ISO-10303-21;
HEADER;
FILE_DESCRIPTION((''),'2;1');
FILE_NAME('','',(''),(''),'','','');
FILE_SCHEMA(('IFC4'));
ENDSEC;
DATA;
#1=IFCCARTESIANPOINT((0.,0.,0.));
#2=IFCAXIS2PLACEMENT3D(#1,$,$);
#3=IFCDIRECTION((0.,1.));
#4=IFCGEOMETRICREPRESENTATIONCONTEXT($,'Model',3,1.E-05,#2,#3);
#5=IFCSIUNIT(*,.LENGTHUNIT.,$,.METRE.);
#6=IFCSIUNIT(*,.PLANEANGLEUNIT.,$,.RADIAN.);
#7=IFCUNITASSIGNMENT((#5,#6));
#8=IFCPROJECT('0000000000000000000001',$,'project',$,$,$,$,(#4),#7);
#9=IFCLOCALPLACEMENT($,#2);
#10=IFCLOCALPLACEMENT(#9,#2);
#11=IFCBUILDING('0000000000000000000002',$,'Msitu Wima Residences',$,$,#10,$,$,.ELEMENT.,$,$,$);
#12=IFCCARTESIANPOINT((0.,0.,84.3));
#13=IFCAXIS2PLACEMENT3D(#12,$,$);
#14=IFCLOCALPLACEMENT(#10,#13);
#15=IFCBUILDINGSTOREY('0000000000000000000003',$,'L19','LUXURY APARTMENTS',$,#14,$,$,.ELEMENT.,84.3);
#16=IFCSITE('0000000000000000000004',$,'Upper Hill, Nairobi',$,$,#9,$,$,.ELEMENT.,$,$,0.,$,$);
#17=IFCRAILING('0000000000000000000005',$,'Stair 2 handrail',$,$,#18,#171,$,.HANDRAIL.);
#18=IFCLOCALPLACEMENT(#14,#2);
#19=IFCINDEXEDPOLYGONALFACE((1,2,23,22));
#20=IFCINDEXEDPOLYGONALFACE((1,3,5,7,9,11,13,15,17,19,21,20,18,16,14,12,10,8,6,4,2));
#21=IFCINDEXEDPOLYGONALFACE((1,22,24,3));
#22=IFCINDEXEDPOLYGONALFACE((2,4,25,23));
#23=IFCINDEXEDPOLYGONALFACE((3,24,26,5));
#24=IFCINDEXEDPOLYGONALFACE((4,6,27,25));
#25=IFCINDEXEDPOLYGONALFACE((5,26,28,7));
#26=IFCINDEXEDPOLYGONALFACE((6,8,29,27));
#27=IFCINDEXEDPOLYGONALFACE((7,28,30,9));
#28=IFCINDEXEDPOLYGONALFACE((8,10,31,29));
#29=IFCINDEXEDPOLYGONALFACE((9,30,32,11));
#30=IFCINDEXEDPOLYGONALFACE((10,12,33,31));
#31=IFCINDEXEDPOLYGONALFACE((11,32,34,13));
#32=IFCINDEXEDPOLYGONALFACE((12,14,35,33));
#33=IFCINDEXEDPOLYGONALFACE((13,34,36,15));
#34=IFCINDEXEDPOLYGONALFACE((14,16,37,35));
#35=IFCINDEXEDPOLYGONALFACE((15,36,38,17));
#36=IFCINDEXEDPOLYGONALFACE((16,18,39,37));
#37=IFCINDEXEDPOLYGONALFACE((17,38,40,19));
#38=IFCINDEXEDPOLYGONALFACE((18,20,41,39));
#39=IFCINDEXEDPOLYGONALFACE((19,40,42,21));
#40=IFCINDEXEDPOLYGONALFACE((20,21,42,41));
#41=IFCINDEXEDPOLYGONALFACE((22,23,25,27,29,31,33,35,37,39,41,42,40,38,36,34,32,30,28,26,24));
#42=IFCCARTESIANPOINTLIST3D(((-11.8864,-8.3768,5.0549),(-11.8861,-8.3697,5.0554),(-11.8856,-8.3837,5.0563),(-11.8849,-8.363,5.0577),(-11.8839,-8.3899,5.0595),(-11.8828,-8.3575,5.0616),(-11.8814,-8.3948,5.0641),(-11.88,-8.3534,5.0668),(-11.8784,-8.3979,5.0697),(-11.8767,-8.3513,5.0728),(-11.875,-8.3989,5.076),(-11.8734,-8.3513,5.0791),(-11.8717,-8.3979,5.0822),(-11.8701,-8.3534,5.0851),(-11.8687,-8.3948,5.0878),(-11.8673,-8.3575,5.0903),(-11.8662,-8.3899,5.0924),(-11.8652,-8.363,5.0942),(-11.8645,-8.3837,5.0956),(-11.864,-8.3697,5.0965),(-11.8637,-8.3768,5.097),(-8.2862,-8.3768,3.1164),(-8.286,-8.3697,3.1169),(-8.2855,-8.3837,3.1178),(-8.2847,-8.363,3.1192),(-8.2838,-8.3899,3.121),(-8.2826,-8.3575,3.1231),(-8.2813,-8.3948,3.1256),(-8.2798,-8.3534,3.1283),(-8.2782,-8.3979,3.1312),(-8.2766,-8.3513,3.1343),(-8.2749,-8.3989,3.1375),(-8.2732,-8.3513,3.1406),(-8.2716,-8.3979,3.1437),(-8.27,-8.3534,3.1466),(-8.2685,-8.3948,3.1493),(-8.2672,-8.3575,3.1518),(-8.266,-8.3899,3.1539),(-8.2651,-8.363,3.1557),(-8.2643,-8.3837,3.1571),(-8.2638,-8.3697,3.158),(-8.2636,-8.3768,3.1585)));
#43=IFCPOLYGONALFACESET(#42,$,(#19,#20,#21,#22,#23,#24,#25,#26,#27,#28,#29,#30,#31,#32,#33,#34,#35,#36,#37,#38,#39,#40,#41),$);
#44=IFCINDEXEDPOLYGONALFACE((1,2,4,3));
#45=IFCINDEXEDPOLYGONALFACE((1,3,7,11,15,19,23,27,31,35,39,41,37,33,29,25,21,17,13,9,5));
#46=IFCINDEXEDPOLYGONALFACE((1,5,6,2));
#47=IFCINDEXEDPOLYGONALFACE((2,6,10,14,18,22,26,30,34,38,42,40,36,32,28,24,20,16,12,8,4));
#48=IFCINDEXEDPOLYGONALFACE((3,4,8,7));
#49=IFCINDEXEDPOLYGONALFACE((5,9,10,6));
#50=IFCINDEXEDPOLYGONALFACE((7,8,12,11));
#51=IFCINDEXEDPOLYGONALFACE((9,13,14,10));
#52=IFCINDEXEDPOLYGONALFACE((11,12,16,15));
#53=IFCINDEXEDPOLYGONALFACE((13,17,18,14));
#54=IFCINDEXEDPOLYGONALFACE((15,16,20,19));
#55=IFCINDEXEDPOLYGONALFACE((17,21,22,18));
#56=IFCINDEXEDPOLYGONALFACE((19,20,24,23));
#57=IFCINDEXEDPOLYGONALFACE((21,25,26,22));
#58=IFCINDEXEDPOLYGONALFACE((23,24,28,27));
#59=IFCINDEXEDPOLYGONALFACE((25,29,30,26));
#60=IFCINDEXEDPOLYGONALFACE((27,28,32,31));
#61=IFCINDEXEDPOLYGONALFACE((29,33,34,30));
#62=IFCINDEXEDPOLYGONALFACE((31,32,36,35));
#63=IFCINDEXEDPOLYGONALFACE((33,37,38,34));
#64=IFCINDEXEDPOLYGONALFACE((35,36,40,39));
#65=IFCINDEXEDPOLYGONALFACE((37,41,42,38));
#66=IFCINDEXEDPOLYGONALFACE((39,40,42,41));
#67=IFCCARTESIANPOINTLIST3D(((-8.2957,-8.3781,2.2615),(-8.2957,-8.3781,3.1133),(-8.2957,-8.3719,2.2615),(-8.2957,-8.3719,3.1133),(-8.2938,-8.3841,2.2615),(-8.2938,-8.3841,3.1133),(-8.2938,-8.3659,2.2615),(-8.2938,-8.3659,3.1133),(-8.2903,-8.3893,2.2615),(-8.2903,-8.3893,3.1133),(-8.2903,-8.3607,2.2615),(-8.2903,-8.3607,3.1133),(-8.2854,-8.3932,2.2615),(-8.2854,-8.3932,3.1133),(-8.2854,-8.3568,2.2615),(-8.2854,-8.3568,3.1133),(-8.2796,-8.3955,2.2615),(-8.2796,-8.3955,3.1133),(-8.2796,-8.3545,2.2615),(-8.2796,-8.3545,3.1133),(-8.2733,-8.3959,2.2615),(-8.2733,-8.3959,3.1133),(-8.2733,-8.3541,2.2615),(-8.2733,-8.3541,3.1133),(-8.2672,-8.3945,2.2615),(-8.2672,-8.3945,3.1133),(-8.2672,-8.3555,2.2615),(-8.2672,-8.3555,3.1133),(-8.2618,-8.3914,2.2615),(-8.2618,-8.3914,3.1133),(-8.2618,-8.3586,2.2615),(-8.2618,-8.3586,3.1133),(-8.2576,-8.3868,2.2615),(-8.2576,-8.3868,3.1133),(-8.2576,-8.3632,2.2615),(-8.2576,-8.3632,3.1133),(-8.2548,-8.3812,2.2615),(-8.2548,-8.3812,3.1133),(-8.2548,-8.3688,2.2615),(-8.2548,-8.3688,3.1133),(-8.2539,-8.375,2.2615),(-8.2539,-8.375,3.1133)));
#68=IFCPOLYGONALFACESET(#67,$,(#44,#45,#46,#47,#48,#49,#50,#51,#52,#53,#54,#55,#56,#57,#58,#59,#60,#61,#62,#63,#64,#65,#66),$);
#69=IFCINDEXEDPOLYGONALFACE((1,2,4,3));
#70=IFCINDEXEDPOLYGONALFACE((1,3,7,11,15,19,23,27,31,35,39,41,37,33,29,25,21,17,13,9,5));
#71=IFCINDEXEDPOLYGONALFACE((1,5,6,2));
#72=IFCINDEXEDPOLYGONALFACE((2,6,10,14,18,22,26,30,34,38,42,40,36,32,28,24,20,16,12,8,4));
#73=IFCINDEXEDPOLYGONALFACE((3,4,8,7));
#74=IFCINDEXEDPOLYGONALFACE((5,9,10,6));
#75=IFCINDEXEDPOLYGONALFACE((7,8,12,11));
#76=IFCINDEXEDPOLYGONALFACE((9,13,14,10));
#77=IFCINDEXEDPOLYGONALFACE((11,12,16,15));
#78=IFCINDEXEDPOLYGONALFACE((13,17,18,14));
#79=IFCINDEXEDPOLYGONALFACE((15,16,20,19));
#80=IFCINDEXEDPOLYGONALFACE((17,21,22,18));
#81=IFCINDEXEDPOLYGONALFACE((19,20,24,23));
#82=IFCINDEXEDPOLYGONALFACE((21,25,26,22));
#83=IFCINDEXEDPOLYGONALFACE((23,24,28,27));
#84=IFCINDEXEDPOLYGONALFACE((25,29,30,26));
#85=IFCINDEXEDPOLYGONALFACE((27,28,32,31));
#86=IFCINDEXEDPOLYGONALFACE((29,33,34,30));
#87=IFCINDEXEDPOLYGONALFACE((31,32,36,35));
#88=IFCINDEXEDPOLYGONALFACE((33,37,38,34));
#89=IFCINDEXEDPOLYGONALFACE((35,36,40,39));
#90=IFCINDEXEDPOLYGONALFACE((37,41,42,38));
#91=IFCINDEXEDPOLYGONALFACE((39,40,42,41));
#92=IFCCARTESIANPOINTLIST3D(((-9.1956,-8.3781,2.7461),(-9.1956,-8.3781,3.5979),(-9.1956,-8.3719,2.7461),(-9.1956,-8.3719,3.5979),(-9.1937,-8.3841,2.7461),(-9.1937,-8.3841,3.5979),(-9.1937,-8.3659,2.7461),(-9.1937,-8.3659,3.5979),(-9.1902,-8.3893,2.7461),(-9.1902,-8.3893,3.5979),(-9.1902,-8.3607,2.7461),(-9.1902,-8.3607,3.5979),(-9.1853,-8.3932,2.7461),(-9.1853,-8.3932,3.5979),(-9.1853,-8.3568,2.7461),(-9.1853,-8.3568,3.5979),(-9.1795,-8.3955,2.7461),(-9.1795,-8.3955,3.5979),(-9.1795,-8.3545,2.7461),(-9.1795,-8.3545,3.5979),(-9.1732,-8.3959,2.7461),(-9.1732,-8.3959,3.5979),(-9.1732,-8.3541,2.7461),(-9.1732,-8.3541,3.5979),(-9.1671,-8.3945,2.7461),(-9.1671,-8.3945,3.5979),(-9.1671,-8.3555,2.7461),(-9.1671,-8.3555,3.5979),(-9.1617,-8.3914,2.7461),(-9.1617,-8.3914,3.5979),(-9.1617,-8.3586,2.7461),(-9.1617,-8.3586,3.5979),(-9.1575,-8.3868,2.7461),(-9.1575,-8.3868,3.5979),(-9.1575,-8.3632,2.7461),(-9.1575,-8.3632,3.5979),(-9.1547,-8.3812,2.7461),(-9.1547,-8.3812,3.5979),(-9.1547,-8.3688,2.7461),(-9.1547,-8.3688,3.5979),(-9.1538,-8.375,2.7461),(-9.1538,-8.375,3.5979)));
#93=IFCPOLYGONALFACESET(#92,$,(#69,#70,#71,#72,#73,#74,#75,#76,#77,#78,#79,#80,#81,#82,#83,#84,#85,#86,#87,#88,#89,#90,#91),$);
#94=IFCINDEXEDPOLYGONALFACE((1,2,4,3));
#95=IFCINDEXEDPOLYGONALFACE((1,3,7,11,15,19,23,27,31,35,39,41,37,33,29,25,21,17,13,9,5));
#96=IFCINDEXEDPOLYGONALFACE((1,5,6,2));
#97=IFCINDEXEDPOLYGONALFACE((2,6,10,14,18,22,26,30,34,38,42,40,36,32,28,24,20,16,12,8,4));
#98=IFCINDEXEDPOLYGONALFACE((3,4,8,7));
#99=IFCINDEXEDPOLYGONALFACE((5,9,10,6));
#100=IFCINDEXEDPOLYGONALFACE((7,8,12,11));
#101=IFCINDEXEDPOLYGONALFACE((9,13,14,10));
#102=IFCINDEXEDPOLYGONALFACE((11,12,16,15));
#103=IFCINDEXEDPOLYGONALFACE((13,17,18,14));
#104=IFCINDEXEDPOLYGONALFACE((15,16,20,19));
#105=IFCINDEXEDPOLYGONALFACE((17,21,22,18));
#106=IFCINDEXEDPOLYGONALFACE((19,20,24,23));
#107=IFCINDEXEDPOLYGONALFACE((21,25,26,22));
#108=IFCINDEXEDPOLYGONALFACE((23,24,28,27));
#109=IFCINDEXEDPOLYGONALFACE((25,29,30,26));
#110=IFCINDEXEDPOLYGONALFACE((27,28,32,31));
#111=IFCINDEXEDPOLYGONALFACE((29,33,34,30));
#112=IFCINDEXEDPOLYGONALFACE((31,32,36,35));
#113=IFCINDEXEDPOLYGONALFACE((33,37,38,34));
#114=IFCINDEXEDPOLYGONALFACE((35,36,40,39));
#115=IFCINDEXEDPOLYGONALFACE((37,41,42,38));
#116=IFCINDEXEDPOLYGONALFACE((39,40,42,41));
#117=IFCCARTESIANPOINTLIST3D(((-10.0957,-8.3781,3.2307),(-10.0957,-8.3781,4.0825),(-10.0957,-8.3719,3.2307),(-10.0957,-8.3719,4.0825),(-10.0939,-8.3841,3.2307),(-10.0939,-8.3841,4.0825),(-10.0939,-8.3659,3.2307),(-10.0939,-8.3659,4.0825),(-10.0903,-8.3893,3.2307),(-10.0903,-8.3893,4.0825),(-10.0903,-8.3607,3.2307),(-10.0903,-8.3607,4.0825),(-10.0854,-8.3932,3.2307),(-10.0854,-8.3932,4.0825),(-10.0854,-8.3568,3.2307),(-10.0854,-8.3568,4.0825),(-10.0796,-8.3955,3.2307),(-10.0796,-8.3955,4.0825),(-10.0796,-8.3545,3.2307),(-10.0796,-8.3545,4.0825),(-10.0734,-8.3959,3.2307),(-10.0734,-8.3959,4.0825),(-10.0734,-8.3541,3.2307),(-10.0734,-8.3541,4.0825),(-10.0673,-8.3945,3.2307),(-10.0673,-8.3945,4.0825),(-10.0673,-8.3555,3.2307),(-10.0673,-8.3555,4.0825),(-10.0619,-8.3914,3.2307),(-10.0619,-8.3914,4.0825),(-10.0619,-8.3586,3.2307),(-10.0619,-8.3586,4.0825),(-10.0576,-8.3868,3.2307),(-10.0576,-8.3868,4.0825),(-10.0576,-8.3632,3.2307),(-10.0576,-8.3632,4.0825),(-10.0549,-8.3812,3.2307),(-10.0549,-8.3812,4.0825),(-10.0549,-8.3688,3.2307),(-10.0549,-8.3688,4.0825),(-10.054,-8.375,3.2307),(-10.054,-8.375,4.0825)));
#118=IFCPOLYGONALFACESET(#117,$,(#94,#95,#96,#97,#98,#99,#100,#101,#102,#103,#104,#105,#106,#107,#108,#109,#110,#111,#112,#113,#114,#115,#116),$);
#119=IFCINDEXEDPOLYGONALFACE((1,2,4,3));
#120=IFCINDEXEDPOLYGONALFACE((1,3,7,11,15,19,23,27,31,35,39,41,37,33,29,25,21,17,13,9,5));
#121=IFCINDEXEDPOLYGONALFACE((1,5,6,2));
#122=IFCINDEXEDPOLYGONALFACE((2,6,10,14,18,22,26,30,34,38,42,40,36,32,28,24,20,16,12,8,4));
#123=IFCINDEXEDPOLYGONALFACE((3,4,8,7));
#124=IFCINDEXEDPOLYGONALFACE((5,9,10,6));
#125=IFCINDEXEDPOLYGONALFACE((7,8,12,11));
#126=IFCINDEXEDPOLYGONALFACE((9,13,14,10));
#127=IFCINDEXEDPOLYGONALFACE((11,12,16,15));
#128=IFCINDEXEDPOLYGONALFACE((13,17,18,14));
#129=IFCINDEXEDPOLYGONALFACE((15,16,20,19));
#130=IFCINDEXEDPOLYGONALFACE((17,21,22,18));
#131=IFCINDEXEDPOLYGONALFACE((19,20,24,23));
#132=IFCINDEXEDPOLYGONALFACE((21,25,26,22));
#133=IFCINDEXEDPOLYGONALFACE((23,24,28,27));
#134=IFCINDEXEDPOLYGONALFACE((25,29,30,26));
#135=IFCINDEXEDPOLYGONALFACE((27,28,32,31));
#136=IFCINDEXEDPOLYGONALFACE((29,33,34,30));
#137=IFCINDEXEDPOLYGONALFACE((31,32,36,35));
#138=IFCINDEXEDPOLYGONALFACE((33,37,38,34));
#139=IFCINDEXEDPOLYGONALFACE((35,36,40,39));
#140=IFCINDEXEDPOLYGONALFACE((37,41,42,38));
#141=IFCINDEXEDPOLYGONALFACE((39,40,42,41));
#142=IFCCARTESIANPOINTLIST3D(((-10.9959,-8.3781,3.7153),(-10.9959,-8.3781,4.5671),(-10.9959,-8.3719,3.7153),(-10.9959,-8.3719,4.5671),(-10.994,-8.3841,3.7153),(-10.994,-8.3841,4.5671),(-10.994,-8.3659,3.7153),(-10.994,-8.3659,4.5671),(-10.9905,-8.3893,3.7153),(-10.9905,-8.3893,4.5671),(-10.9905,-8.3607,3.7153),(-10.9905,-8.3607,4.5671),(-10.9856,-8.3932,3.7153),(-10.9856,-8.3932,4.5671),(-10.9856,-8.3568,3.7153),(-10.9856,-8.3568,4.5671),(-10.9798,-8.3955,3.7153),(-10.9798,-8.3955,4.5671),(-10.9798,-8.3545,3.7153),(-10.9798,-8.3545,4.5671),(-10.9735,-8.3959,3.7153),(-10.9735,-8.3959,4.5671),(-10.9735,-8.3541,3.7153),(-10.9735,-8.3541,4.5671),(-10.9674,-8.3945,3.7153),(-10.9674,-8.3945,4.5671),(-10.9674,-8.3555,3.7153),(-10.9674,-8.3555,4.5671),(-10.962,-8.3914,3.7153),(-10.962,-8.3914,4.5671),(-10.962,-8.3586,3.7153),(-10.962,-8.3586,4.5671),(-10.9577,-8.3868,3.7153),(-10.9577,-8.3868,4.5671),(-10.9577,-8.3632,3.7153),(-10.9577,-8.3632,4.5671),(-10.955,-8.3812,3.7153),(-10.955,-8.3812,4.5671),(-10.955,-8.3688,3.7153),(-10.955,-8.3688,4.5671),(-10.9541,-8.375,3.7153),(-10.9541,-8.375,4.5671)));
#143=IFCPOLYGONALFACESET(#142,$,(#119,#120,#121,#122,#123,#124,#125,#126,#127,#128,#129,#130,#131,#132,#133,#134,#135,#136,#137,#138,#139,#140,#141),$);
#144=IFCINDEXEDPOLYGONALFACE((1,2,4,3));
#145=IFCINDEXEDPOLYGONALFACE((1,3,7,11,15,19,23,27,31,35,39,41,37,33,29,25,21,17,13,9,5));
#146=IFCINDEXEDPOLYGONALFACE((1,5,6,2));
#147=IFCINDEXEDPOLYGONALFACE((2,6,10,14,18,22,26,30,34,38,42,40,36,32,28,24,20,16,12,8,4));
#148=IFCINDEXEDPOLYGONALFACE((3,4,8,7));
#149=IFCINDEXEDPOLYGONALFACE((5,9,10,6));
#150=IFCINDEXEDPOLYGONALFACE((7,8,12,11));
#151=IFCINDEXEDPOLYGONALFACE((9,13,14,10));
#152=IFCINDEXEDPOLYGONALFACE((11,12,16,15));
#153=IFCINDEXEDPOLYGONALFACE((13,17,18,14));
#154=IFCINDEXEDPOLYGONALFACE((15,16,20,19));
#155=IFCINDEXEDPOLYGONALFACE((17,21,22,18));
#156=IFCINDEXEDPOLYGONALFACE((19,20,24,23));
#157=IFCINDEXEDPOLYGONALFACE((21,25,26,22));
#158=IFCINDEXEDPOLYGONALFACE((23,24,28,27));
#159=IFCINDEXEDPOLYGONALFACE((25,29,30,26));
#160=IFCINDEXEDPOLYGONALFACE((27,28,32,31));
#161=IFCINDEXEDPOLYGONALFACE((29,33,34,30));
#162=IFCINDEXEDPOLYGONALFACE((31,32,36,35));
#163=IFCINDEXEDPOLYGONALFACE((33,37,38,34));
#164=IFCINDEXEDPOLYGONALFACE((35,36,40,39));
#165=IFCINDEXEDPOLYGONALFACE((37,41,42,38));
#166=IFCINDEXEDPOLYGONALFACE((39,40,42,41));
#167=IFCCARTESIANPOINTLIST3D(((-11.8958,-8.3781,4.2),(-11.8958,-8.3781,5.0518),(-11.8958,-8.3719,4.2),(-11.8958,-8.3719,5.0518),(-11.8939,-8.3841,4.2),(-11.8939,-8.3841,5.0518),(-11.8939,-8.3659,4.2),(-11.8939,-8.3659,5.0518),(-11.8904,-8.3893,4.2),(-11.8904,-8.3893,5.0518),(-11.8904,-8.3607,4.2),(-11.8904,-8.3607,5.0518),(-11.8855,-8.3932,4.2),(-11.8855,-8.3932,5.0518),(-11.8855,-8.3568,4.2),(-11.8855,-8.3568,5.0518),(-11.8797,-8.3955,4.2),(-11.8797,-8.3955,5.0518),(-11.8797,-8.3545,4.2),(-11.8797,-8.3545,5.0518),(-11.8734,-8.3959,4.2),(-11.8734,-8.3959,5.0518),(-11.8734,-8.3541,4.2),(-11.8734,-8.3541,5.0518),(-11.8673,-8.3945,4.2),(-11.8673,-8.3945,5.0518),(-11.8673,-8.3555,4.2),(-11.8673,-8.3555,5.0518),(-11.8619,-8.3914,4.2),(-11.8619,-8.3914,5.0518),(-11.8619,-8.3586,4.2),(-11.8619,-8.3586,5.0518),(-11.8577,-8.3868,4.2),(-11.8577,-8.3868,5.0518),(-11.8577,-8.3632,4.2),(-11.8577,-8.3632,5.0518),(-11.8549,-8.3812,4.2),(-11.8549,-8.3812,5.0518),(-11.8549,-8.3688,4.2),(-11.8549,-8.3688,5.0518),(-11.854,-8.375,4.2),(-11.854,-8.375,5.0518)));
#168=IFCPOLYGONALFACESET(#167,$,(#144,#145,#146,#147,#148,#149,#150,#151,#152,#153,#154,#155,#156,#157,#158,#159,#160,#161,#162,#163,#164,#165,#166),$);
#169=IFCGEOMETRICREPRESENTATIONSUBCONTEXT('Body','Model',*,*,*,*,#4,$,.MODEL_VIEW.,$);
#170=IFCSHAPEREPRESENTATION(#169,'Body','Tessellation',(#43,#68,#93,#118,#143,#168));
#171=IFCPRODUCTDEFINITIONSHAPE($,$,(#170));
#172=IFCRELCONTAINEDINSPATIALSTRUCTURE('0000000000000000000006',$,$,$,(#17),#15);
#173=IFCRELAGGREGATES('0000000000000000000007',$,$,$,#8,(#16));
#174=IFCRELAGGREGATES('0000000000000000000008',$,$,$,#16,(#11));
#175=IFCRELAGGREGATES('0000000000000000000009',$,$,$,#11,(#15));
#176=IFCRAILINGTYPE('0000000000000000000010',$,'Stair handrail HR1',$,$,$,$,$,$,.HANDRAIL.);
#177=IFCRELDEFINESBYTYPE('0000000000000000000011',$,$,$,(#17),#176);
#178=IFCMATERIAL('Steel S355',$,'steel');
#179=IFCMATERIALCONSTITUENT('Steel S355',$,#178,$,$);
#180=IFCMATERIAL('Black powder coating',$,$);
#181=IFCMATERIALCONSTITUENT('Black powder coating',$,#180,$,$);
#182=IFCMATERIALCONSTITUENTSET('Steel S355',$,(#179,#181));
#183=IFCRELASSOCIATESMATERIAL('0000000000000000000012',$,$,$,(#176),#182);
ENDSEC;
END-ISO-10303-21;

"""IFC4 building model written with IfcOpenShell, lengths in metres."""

from ifc_helpers import new_model, si_unit, direction, frame, origin, origin_2d, place, context, subcontext, project, spatial, circle, extrude, material, constituent, constituent_set, type_object, element, save


model = new_model("IFC4")

# Units and contexts
model_context = context("Model", 3, precision=1e-05, world=origin(), true_north=direction((0.0, 1.0)))
body_context = subcontext(model_context, "Body", "Model", "MODEL_VIEW")
ifc_project = project(units=[si_unit("LENGTHUNIT", "METRE"), si_unit("PLANEANGLEUNIT", "RADIAN")], contexts=[model_context])

# Site, building, storey
site_placement = place(None, origin())
site = spatial("IfcSite", under=ifc_project, at=site_placement, Name="Upper Hill, Nairobi", CompositionType="ELEMENT", RefElevation=0.0)
building_placement = place(site_placement, origin())
building = spatial("IfcBuilding", under=site, at=building_placement, Name="Msitu Wima Residences", CompositionType="ELEMENT")
storey_placement = place(building_placement, frame((0.0, 0.0, 84.3)))
storey = spatial("IfcBuildingStorey", under=building, at=storey_placement, Name="L19", Description="LUXURY APARTMENTS", CompositionType="ELEMENT", Elevation=84.3)

# Railing
ifc_material_1 = material(Name="Steel S355", Category="steel")
ifc_constituent_1 = constituent(ifc_material_1, Name="Steel S355")
ifc_material_2 = material(Name="Black powder coating")
ifc_constituent_2 = constituent(ifc_material_2, Name="Black powder coating")
ifc_constituent_set = constituent_set(constituents=[ifc_constituent_1, ifc_constituent_2], Name="Steel S355")
railing_type = type_object("IfcRailingType", Name="Stair handrail HR1", PredefinedType="HANDRAIL", material=ifc_constituent_set)
railing_placement = place(storey_placement, frame((-8.2749, -8.375, 2.2615)))
element("IfcRailing", 1, at=railing_placement, inside=storey, type_object=railing_type, Name="Stair 2 handrail", PredefinedType="HANDRAIL", context=body_context, shape_type="SweptSolid", body=[
    extrude(circle(Radius=0.0239, at=origin_2d()), frame((0.0, 0.0, 0.876), z_axis=(-0.880475, 0.0, 0.474093), x_axis=(0.0, -1.0, 0.0)), (0.0, 0.0, 1.0), 4.0889),
    extrude(circle(Radius=0.021, at=origin_2d()), origin(), (0.0, 0.0, 1.0), 0.8518),
    extrude(circle(Radius=0.021, at=origin_2d()), frame((-0.8999, 0.0, 0.4846)), (0.0, 0.0, 1.0), 0.8518),
    extrude(circle(Radius=0.021, at=origin_2d()), frame((-1.8, 0.0, 0.9692)), (0.0, 0.0, 1.0), 0.8518),
    extrude(circle(Radius=0.021, at=origin_2d()), frame((-2.7002, 0.0, 1.4539)), (0.0, 0.0, 1.0), 0.8518),
    extrude(circle(Radius=0.021, at=origin_2d()), frame((-3.6001, 0.0, 1.9385)), (0.0, 0.0, 1.0), 0.8518),
])

save(model, "model.ifc")
